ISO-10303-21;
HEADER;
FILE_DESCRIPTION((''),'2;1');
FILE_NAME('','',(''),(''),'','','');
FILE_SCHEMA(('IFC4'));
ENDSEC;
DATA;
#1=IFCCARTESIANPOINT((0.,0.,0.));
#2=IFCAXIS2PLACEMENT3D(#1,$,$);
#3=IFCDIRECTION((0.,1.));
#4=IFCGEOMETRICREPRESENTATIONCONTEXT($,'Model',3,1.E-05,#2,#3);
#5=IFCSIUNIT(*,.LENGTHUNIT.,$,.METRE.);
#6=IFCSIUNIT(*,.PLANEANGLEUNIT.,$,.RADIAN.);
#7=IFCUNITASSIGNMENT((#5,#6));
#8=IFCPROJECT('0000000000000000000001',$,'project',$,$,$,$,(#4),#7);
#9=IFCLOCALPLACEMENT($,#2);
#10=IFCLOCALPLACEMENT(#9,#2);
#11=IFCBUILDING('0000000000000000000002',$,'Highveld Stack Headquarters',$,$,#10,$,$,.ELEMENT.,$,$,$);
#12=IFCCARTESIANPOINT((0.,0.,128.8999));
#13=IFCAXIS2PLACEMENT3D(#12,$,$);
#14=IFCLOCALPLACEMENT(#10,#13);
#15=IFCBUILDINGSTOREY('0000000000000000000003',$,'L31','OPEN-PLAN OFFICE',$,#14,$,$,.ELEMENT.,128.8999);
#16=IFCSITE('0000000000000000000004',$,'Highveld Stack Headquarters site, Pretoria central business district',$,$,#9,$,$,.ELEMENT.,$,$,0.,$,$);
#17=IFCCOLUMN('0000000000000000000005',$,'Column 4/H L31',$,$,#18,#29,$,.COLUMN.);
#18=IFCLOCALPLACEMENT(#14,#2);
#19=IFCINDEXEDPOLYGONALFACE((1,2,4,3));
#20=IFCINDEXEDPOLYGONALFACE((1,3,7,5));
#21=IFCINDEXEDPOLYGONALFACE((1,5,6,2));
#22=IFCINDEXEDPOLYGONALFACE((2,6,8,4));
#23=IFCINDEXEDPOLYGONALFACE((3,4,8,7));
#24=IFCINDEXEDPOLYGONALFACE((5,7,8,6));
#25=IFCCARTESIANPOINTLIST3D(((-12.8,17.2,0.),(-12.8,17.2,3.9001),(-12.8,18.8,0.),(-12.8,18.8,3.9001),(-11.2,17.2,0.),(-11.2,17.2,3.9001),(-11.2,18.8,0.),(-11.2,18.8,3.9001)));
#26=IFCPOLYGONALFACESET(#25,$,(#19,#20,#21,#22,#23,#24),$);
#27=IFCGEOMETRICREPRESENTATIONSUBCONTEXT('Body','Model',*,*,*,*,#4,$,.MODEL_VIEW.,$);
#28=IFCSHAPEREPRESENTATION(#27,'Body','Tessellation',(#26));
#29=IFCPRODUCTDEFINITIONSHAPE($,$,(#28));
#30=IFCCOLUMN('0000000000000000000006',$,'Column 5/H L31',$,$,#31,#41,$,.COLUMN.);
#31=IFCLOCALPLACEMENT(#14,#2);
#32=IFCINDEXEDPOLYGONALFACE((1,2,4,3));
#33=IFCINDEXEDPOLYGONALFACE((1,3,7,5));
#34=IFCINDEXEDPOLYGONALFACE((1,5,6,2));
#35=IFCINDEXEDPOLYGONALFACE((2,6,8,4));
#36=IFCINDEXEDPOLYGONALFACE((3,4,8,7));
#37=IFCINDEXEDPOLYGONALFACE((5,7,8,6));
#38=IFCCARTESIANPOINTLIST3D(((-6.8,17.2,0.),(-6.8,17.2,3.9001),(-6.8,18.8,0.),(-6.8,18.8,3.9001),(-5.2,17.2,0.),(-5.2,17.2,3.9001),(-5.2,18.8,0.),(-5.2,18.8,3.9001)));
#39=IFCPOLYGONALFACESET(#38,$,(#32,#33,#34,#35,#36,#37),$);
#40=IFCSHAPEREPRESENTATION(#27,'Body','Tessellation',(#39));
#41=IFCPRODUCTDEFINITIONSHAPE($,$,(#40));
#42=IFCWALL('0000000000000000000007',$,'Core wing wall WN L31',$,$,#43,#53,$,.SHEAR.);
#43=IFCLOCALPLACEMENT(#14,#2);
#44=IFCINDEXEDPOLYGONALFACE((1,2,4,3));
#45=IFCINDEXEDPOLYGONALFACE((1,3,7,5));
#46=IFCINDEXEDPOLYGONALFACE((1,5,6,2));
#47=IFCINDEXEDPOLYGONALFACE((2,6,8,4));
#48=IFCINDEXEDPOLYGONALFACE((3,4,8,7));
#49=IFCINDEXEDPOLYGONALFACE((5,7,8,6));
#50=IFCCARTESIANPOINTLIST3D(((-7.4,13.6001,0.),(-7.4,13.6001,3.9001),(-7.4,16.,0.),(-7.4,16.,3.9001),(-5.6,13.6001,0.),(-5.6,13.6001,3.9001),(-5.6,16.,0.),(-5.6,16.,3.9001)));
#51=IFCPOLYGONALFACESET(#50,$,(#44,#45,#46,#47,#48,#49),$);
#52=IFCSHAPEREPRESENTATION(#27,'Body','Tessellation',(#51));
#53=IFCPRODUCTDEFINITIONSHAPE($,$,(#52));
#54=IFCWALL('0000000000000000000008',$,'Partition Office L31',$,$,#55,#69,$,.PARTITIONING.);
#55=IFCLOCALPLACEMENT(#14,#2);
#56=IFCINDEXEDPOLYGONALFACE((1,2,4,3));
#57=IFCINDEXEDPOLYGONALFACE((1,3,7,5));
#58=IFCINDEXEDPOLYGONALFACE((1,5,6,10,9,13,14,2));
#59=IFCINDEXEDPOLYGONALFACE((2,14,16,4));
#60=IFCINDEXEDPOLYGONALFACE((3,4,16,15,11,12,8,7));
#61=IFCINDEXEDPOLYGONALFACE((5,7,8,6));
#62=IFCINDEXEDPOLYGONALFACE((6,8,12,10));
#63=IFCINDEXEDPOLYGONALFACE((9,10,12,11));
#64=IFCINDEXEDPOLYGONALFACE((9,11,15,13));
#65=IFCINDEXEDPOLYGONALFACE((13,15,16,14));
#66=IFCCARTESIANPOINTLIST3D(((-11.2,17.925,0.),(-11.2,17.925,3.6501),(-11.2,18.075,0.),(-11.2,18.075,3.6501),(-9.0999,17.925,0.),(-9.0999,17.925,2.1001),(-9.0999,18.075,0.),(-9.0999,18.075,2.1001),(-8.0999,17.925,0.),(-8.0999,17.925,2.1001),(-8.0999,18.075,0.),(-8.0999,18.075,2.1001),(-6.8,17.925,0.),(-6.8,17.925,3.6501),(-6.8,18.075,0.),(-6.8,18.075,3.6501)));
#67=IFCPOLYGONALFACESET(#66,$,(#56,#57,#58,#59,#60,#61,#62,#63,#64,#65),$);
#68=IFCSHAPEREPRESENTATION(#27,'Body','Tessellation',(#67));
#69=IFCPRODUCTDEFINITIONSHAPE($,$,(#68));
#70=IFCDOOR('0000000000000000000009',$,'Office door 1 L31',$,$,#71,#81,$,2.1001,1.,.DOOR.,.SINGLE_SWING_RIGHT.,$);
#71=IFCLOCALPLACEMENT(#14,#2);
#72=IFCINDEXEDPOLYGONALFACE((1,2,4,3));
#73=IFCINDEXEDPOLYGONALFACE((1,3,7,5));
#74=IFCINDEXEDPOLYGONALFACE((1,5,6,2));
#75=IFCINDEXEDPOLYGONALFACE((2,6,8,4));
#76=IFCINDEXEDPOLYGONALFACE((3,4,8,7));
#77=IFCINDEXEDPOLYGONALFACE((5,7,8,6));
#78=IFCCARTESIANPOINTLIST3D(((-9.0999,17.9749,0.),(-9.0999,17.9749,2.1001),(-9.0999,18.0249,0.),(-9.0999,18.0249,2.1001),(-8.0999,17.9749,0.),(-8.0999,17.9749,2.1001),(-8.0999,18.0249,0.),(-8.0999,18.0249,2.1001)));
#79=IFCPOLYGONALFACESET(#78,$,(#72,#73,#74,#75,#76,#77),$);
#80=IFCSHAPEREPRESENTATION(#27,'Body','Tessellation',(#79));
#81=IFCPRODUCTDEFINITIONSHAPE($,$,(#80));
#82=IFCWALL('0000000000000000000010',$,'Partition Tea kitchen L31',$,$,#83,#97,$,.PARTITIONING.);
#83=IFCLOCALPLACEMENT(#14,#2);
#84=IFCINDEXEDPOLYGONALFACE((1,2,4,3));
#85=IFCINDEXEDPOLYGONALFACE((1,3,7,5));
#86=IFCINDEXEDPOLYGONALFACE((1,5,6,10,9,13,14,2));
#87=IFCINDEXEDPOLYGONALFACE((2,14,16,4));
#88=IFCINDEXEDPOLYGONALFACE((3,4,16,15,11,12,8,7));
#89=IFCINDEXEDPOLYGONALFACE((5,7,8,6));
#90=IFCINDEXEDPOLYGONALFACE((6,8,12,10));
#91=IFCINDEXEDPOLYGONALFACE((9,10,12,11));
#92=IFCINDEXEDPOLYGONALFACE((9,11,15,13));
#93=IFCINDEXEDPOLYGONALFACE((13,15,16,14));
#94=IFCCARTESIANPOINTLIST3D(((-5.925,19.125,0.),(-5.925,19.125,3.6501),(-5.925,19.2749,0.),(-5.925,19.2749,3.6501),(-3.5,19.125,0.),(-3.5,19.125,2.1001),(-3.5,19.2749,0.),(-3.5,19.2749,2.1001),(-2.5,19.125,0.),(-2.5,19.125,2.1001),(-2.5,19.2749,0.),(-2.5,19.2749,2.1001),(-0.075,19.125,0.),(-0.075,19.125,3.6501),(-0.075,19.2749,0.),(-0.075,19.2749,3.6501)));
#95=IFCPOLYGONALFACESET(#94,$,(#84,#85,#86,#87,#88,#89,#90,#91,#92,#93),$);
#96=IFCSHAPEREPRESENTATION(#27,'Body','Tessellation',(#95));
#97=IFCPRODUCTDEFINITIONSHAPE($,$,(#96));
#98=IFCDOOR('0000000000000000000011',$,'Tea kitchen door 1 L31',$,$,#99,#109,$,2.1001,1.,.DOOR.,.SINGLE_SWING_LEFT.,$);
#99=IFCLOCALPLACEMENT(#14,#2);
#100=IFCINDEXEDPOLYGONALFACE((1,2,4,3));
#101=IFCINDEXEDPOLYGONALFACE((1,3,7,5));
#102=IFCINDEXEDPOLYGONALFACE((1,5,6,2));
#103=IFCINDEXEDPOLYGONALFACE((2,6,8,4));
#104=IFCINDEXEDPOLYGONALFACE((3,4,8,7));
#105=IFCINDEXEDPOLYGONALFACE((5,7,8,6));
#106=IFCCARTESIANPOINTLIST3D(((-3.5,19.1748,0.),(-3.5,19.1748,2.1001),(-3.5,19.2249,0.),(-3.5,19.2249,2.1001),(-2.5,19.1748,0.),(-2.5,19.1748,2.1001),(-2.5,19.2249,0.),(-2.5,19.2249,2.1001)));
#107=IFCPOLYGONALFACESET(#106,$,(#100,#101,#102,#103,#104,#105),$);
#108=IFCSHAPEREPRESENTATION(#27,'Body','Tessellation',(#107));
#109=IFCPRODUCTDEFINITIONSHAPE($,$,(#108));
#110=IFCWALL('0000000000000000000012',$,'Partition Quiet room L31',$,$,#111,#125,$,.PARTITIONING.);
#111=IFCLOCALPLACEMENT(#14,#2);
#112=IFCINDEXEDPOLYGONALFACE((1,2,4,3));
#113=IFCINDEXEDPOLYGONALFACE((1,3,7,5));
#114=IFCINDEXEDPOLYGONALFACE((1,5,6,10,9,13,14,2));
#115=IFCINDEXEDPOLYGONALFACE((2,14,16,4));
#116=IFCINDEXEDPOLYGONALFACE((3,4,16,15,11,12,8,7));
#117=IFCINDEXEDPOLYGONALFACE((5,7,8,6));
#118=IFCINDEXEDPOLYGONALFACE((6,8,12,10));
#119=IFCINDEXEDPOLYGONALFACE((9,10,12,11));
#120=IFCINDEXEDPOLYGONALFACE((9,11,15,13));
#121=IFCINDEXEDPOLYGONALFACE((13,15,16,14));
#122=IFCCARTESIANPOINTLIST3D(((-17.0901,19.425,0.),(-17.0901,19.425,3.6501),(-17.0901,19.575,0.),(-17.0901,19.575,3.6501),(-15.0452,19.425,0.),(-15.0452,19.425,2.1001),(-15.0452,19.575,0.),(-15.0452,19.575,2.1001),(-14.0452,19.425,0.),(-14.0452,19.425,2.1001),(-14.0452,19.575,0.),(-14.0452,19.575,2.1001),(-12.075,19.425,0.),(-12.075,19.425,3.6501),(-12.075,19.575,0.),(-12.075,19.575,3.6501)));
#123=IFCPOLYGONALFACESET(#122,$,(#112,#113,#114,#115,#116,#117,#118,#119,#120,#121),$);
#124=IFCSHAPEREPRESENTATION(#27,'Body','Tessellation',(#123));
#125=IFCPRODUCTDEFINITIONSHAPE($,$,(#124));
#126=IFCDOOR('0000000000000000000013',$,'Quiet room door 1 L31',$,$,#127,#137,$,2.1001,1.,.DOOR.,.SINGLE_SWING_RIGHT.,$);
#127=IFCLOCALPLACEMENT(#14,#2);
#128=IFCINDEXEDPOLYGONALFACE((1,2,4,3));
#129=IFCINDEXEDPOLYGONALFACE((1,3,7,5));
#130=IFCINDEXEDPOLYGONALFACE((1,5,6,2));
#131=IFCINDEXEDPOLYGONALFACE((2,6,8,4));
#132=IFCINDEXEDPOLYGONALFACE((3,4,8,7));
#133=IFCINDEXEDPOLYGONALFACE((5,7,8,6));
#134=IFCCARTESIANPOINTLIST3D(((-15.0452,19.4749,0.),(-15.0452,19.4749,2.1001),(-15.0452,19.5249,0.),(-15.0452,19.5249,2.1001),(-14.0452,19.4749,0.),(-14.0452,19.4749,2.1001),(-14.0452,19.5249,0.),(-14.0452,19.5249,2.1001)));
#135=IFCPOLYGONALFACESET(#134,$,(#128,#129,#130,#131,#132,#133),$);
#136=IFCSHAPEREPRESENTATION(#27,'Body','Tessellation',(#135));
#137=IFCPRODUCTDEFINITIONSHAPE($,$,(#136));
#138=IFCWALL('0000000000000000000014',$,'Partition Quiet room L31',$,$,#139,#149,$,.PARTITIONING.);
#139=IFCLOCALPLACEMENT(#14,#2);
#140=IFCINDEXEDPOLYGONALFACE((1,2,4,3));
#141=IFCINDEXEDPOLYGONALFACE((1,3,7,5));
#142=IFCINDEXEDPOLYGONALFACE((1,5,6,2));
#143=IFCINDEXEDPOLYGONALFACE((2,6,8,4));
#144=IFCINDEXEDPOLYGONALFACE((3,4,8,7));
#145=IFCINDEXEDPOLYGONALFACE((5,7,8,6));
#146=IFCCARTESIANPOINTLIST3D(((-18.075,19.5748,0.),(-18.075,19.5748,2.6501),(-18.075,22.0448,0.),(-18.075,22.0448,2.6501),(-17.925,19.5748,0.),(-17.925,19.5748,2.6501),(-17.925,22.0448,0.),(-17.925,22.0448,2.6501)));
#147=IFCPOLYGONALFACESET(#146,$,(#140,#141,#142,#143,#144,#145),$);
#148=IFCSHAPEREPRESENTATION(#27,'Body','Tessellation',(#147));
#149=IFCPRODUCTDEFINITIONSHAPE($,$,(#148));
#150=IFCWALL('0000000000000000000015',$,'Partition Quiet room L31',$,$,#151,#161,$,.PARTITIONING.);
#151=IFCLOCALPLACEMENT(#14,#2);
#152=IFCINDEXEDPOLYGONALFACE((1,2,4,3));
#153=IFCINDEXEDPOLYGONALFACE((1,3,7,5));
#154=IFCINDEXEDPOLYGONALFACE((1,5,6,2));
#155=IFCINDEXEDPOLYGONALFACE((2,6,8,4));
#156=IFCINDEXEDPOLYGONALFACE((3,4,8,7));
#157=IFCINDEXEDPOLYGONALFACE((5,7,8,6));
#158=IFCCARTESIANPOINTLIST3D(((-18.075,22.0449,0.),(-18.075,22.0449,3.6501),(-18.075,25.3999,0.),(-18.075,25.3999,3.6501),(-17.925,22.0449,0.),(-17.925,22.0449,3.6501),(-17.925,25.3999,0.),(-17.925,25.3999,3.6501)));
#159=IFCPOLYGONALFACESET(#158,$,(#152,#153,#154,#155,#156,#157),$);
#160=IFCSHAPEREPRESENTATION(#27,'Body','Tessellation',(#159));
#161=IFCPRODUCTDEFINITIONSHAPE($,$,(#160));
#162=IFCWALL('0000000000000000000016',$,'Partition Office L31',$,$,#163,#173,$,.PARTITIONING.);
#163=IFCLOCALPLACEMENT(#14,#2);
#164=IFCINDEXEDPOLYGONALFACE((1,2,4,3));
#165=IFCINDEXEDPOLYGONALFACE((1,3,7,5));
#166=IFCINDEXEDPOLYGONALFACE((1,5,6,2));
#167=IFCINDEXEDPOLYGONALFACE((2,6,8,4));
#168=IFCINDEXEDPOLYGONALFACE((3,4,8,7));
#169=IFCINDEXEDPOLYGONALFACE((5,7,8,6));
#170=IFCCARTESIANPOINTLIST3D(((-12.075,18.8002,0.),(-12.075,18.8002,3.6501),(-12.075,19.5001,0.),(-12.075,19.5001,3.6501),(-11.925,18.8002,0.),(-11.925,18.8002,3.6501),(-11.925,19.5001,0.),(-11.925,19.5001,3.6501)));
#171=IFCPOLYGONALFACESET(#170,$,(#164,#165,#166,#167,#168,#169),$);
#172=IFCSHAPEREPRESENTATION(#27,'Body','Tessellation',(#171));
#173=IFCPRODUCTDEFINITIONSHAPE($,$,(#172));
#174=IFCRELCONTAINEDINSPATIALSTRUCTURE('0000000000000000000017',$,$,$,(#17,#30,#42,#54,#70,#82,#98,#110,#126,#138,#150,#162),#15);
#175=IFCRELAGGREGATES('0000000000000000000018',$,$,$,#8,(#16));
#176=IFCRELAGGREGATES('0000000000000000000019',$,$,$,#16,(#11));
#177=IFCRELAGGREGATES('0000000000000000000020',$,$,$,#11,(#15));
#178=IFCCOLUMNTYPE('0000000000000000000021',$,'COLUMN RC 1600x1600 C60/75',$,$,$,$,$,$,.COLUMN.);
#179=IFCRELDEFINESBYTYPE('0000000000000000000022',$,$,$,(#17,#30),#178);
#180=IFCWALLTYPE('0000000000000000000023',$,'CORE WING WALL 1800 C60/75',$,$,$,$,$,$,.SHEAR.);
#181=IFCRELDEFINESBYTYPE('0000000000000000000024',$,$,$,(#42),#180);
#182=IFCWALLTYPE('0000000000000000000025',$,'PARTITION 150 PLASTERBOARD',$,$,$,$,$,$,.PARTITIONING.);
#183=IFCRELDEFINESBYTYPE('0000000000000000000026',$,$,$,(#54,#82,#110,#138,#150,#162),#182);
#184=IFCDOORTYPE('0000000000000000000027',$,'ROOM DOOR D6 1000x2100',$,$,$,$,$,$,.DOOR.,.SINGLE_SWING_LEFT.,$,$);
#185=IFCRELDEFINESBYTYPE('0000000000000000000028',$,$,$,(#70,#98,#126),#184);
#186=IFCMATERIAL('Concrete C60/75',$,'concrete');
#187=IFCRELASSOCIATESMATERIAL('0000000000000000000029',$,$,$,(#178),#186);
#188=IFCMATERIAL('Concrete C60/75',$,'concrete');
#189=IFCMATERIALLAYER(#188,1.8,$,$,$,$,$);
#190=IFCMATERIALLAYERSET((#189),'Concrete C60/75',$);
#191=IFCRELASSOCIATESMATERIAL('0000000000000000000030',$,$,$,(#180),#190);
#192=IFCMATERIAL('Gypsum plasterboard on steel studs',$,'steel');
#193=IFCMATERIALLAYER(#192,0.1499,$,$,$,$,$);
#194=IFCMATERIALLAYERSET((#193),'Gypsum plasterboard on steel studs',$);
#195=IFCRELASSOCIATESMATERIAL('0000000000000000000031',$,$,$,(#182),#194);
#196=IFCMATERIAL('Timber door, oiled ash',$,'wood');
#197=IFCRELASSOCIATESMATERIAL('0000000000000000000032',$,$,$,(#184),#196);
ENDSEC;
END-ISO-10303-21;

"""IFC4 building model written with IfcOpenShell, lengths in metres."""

from ifc_helpers import new_model, si_unit, direction, frame, frame_2d, origin, origin_2d, place, context, subcontext, project, spatial, rectangle, extrude, material, layer, layer_set, material_profile, profile_set, type_object, element, fill, save


model = new_model("IFC4")

# Units and contexts
model_context = context("Model", 3, precision=1e-05, world=origin(), true_north=direction((0.0, 1.0)))
body_context = subcontext(model_context, "Body", "Model", "MODEL_VIEW")
ifc_project = project(units=[si_unit("LENGTHUNIT", "METRE"), si_unit("PLANEANGLEUNIT", "RADIAN")], contexts=[model_context])

# Site, building, storey
site_placement = place(None, origin())
site = spatial("IfcSite", under=ifc_project, at=site_placement, Name="Highveld Stack Headquarters site, Pretoria central business district", CompositionType="ELEMENT", RefElevation=0.0)
building_placement = place(site_placement, origin())
building = spatial("IfcBuilding", under=site, at=building_placement, Name="Highveld Stack Headquarters", CompositionType="ELEMENT")
storey_placement = place(building_placement, frame((0.0, 0.0, 128.8999)))
storey = spatial("IfcBuildingStorey", under=building, at=storey_placement, Name="L31", Description="OPEN-PLAN OFFICE", CompositionType="ELEMENT", Elevation=128.8999)

# Columns
ifc_material_1 = material(Name="Concrete C60/75", Category="concrete")
ifc_material_profile = material_profile(ifc_material_1, rectangle(XDim=1.6001, YDim=1.6001, at=origin_2d()), Name="RC 1600x1600")
ifc_profile_set = profile_set([ifc_material_profile], Name="Concrete C60/75")
column_type = type_object("IfcColumnType", Name="COLUMN RC 1600x1600 C60/75", PredefinedType="COLUMN", material=ifc_profile_set)
for number, where, z_axis, x_axis, name in (
    (1, (-12.0, 18.0, 0.0), (0.0, 0.0, 1.0), (1.0, 0.0, 0.0), "Column 4/H L31"),
    (2, (-6.0, 18.0, 0.0), (0.0, 0.0, 1.0), (1.0, 0.0, 0.0), "Column 5/H L31"),
):
    element("IfcColumn", number, at=place(storey_placement, frame(where, z_axis=z_axis, x_axis=x_axis)), inside=storey, type_object=column_type, Name=name, PredefinedType="COLUMN", context=body_context, shape_type="SweptSolid", body=[
        extrude(rectangle(XDim=1.6001, YDim=1.6001, at=origin_2d()), origin(), (0.0, 0.0, 1.0), 3.9001),
    ])

# Wall
ifc_material_2 = material(Name="Concrete C60/75", Category="concrete")
ifc_layer_1 = layer(ifc_material_2, 1.8)
ifc_layer_set_1 = layer_set([ifc_layer_1], Name="Concrete C60/75")
wall_type_1 = type_object("IfcWallType", Name="CORE WING WALL 1800 C60/75", PredefinedType="SHEAR", material=ifc_layer_set_1)
wall_1_placement = place(storey_placement, frame((-6.5, 13.6001, 0.0), z_axis=(0.0, 0.0, 1.0), x_axis=(0.0, 1.0, 0.0)))
element("IfcWall", 3, at=wall_1_placement, inside=storey, type_object=wall_type_1, Name="Core wing wall WN L31", PredefinedType="SHEAR", context=body_context, shape_type="SweptSolid", body=[
    extrude(rectangle(XDim=2.3999, YDim=1.8, at=frame_2d((1.2, 0.0))), origin(), (0.0, 0.0, 1.0), 3.9001),
])

# Walls, openings, doors
ifc_material_3 = material(Name="Gypsum plasterboard on steel studs", Category="steel")
ifc_layer_2 = layer(ifc_material_3, 0.1499)
ifc_layer_set_2 = layer_set([ifc_layer_2], Name="Gypsum plasterboard on steel studs")
wall_type_2 = type_object("IfcWallType", Name="PARTITION 150 PLASTERBOARD", PredefinedType="PARTITIONING", material=ifc_layer_set_2)
wall_2_placement = place(storey_placement, frame((-11.2, 18.0, 0.0), z_axis=(0.0, 0.0, 1.0), x_axis=(1.0, 0.0, 0.0)))
wall_2 = element("IfcWall", 4, at=wall_2_placement, inside=storey, type_object=wall_type_2, Name="Partition Office L31", PredefinedType="PARTITIONING", context=body_context, shape_type="SweptSolid", body=[
    extrude(rectangle(XDim=4.3999, YDim=0.1499, at=frame_2d((2.2, 0.0))), origin(), (0.0, 0.0, 1.0), 3.6501),
])
opening_1_placement = place(wall_2_placement, frame((2.1001, 0.0, 0.0)))
opening_1 = element("IfcOpeningElement", 5, at=opening_1_placement, cuts=wall_2, PredefinedType="OPENING", context=body_context, shape_type="SweptSolid", body=[
    extrude(rectangle(XDim=1.0, YDim=2.1001, at=frame_2d((0.5, 1.05))), frame((0.0, 0.085, 0.0), z_axis=(0.0, -1.0, 0.0), x_axis=(1.0, 0.0, 0.0)), (0.0, 0.0, 1.0), 0.1699),
])
ifc_material_4 = material(Name="Timber door, oiled ash", Category="wood")
door_type = type_object("IfcDoorType", Name="ROOM DOOR D6 1000x2100", OperationType="SINGLE_SWING_LEFT", PredefinedType="DOOR", material=ifc_material_4)
door_1_placement = place(opening_1_placement, origin())
door_1 = element("IfcDoor", 6, at=door_1_placement, inside=storey, type_object=door_type, Name="Office door 1 L31", OperationType="SINGLE_SWING_RIGHT", OverallHeight=2.1001, OverallWidth=1.0, PredefinedType="DOOR", context=body_context, shape_type="SweptSolid", body=[
    extrude(rectangle(XDim=1.0, YDim=2.1001, at=frame_2d((0.5, 1.05))), frame((0.0, 0.0249, 0.0), z_axis=(0.0, -1.0, 0.0), x_axis=(1.0, 0.0, 0.0)), (0.0, 0.0, 1.0), 0.05),
])
fill(opening_1, door_1)
wall_3_placement = place(storey_placement, frame((-5.925, 19.2, 0.0), z_axis=(0.0, 0.0, 1.0), x_axis=(1.0, 0.0, 0.0)))
wall_3 = element("IfcWall", 7, at=wall_3_placement, inside=storey, type_object=wall_type_2, Name="Partition Tea kitchen L31", PredefinedType="PARTITIONING", context=body_context, shape_type="SweptSolid", body=[
    extrude(rectangle(XDim=5.8501, YDim=0.1499, at=frame_2d((2.925, 0.0))), origin(), (0.0, 0.0, 1.0), 3.6501),
])
opening_2_placement = place(wall_3_placement, frame((2.425, 0.0, 0.0)))
opening_2 = element("IfcOpeningElement", 8, at=opening_2_placement, cuts=wall_3, PredefinedType="OPENING", context=body_context, shape_type="SweptSolid", body=[
    extrude(rectangle(XDim=1.0, YDim=2.1001, at=frame_2d((0.5, 1.05))), frame((0.0, 0.085, 0.0), z_axis=(0.0, -1.0, 0.0), x_axis=(1.0, 0.0, 0.0)), (0.0, 0.0, 1.0), 0.1699),
])
door_2_placement = place(opening_2_placement, origin())
door_2 = element("IfcDoor", 9, at=door_2_placement, inside=storey, type_object=door_type, Name="Tea kitchen door 1 L31", OperationType="SINGLE_SWING_LEFT", OverallHeight=2.1001, OverallWidth=1.0, PredefinedType="DOOR", context=body_context, shape_type="SweptSolid", body=[
    extrude(rectangle(XDim=1.0, YDim=2.1001, at=frame_2d((0.5, 1.05))), frame((0.0, 0.0249, 0.0), z_axis=(0.0, -1.0, 0.0), x_axis=(1.0, 0.0, 0.0)), (0.0, 0.0, 1.0), 0.05),
])
fill(opening_2, door_2)
wall_4_placement = place(storey_placement, frame((-17.0901, 19.5, 0.0), z_axis=(0.0, 0.0, 1.0), x_axis=(1.0, 0.0, 0.0)))
wall_4 = element("IfcWall", 10, at=wall_4_placement, inside=storey, type_object=wall_type_2, Name="Partition Quiet room L31", PredefinedType="PARTITIONING", context=body_context, shape_type="SweptSolid", body=[
    extrude(rectangle(XDim=5.0151, YDim=0.1499, at=frame_2d((2.5076, 0.0))), origin(), (0.0, 0.0, 1.0), 3.6501),
])
opening_3_placement = place(wall_4_placement, frame((2.0449, 0.0, 0.0)))
opening_3 = element("IfcOpeningElement", 11, at=opening_3_placement, cuts=wall_4, PredefinedType="OPENING", context=body_context, shape_type="SweptSolid", body=[
    extrude(rectangle(XDim=1.0, YDim=2.1001, at=frame_2d((0.5, 1.05))), frame((0.0, 0.085, 0.0), z_axis=(0.0, -1.0, 0.0), x_axis=(1.0, 0.0, 0.0)), (0.0, 0.0, 1.0), 0.1699),
])
door_3_placement = place(opening_3_placement, origin())
door_3 = element("IfcDoor", 12, at=door_3_placement, inside=storey, type_object=door_type, Name="Quiet room door 1 L31", OperationType="SINGLE_SWING_RIGHT", OverallHeight=2.1001, OverallWidth=1.0, PredefinedType="DOOR", context=body_context, shape_type="SweptSolid", body=[
    extrude(rectangle(XDim=1.0, YDim=2.1001, at=frame_2d((0.5, 1.05))), frame((0.0, 0.0249, 0.0), z_axis=(0.0, -1.0, 0.0), x_axis=(1.0, 0.0, 0.0)), (0.0, 0.0, 1.0), 0.05),
])
fill(opening_3, door_3)

# Walls
wall_5_placement = place(storey_placement, frame((-18.0, 19.575, 0.0), z_axis=(0.0, 0.0, 1.0), x_axis=(0.0, 1.0, 0.0)))
element("IfcWall", 13, at=wall_5_placement, inside=storey, type_object=wall_type_2, Name="Partition Quiet room L31", PredefinedType="PARTITIONING", context=body_context, shape_type="SweptSolid", body=[
    extrude(rectangle(XDim=2.47, YDim=0.1499, at=frame_2d((1.2349, 0.0))), origin(), (0.0, 0.0, 1.0), 2.6501),
])
wall_6_placement = place(storey_placement, frame((-18.0, 22.0449, 0.0), z_axis=(0.0, 0.0, 1.0), x_axis=(0.0, 1.0, 0.0)))
element("IfcWall", 14, at=wall_6_placement, inside=storey, type_object=wall_type_2, Name="Partition Quiet room L31", PredefinedType="PARTITIONING", context=body_context, shape_type="SweptSolid", body=[
    extrude(rectangle(XDim=3.355, YDim=0.1499, at=frame_2d((1.6775, 0.0))), origin(), (0.0, 0.0, 1.0), 3.6501),
])
wall_7_placement = place(storey_placement, frame((-12.0, 18.8, 0.0), z_axis=(0.0, 0.0, 1.0), x_axis=(0.0, 1.0, 0.0)))
element("IfcWall", 15, at=wall_7_placement, inside=storey, type_object=wall_type_2, Name="Partition Office L31", PredefinedType="PARTITIONING", context=body_context, shape_type="SweptSolid", body=[
    extrude(rectangle(XDim=0.7, YDim=0.1499, at=frame_2d((0.3501, 0.0))), origin(), (0.0, 0.0, 1.0), 3.6501),
])

save(model, "model.ifc")
